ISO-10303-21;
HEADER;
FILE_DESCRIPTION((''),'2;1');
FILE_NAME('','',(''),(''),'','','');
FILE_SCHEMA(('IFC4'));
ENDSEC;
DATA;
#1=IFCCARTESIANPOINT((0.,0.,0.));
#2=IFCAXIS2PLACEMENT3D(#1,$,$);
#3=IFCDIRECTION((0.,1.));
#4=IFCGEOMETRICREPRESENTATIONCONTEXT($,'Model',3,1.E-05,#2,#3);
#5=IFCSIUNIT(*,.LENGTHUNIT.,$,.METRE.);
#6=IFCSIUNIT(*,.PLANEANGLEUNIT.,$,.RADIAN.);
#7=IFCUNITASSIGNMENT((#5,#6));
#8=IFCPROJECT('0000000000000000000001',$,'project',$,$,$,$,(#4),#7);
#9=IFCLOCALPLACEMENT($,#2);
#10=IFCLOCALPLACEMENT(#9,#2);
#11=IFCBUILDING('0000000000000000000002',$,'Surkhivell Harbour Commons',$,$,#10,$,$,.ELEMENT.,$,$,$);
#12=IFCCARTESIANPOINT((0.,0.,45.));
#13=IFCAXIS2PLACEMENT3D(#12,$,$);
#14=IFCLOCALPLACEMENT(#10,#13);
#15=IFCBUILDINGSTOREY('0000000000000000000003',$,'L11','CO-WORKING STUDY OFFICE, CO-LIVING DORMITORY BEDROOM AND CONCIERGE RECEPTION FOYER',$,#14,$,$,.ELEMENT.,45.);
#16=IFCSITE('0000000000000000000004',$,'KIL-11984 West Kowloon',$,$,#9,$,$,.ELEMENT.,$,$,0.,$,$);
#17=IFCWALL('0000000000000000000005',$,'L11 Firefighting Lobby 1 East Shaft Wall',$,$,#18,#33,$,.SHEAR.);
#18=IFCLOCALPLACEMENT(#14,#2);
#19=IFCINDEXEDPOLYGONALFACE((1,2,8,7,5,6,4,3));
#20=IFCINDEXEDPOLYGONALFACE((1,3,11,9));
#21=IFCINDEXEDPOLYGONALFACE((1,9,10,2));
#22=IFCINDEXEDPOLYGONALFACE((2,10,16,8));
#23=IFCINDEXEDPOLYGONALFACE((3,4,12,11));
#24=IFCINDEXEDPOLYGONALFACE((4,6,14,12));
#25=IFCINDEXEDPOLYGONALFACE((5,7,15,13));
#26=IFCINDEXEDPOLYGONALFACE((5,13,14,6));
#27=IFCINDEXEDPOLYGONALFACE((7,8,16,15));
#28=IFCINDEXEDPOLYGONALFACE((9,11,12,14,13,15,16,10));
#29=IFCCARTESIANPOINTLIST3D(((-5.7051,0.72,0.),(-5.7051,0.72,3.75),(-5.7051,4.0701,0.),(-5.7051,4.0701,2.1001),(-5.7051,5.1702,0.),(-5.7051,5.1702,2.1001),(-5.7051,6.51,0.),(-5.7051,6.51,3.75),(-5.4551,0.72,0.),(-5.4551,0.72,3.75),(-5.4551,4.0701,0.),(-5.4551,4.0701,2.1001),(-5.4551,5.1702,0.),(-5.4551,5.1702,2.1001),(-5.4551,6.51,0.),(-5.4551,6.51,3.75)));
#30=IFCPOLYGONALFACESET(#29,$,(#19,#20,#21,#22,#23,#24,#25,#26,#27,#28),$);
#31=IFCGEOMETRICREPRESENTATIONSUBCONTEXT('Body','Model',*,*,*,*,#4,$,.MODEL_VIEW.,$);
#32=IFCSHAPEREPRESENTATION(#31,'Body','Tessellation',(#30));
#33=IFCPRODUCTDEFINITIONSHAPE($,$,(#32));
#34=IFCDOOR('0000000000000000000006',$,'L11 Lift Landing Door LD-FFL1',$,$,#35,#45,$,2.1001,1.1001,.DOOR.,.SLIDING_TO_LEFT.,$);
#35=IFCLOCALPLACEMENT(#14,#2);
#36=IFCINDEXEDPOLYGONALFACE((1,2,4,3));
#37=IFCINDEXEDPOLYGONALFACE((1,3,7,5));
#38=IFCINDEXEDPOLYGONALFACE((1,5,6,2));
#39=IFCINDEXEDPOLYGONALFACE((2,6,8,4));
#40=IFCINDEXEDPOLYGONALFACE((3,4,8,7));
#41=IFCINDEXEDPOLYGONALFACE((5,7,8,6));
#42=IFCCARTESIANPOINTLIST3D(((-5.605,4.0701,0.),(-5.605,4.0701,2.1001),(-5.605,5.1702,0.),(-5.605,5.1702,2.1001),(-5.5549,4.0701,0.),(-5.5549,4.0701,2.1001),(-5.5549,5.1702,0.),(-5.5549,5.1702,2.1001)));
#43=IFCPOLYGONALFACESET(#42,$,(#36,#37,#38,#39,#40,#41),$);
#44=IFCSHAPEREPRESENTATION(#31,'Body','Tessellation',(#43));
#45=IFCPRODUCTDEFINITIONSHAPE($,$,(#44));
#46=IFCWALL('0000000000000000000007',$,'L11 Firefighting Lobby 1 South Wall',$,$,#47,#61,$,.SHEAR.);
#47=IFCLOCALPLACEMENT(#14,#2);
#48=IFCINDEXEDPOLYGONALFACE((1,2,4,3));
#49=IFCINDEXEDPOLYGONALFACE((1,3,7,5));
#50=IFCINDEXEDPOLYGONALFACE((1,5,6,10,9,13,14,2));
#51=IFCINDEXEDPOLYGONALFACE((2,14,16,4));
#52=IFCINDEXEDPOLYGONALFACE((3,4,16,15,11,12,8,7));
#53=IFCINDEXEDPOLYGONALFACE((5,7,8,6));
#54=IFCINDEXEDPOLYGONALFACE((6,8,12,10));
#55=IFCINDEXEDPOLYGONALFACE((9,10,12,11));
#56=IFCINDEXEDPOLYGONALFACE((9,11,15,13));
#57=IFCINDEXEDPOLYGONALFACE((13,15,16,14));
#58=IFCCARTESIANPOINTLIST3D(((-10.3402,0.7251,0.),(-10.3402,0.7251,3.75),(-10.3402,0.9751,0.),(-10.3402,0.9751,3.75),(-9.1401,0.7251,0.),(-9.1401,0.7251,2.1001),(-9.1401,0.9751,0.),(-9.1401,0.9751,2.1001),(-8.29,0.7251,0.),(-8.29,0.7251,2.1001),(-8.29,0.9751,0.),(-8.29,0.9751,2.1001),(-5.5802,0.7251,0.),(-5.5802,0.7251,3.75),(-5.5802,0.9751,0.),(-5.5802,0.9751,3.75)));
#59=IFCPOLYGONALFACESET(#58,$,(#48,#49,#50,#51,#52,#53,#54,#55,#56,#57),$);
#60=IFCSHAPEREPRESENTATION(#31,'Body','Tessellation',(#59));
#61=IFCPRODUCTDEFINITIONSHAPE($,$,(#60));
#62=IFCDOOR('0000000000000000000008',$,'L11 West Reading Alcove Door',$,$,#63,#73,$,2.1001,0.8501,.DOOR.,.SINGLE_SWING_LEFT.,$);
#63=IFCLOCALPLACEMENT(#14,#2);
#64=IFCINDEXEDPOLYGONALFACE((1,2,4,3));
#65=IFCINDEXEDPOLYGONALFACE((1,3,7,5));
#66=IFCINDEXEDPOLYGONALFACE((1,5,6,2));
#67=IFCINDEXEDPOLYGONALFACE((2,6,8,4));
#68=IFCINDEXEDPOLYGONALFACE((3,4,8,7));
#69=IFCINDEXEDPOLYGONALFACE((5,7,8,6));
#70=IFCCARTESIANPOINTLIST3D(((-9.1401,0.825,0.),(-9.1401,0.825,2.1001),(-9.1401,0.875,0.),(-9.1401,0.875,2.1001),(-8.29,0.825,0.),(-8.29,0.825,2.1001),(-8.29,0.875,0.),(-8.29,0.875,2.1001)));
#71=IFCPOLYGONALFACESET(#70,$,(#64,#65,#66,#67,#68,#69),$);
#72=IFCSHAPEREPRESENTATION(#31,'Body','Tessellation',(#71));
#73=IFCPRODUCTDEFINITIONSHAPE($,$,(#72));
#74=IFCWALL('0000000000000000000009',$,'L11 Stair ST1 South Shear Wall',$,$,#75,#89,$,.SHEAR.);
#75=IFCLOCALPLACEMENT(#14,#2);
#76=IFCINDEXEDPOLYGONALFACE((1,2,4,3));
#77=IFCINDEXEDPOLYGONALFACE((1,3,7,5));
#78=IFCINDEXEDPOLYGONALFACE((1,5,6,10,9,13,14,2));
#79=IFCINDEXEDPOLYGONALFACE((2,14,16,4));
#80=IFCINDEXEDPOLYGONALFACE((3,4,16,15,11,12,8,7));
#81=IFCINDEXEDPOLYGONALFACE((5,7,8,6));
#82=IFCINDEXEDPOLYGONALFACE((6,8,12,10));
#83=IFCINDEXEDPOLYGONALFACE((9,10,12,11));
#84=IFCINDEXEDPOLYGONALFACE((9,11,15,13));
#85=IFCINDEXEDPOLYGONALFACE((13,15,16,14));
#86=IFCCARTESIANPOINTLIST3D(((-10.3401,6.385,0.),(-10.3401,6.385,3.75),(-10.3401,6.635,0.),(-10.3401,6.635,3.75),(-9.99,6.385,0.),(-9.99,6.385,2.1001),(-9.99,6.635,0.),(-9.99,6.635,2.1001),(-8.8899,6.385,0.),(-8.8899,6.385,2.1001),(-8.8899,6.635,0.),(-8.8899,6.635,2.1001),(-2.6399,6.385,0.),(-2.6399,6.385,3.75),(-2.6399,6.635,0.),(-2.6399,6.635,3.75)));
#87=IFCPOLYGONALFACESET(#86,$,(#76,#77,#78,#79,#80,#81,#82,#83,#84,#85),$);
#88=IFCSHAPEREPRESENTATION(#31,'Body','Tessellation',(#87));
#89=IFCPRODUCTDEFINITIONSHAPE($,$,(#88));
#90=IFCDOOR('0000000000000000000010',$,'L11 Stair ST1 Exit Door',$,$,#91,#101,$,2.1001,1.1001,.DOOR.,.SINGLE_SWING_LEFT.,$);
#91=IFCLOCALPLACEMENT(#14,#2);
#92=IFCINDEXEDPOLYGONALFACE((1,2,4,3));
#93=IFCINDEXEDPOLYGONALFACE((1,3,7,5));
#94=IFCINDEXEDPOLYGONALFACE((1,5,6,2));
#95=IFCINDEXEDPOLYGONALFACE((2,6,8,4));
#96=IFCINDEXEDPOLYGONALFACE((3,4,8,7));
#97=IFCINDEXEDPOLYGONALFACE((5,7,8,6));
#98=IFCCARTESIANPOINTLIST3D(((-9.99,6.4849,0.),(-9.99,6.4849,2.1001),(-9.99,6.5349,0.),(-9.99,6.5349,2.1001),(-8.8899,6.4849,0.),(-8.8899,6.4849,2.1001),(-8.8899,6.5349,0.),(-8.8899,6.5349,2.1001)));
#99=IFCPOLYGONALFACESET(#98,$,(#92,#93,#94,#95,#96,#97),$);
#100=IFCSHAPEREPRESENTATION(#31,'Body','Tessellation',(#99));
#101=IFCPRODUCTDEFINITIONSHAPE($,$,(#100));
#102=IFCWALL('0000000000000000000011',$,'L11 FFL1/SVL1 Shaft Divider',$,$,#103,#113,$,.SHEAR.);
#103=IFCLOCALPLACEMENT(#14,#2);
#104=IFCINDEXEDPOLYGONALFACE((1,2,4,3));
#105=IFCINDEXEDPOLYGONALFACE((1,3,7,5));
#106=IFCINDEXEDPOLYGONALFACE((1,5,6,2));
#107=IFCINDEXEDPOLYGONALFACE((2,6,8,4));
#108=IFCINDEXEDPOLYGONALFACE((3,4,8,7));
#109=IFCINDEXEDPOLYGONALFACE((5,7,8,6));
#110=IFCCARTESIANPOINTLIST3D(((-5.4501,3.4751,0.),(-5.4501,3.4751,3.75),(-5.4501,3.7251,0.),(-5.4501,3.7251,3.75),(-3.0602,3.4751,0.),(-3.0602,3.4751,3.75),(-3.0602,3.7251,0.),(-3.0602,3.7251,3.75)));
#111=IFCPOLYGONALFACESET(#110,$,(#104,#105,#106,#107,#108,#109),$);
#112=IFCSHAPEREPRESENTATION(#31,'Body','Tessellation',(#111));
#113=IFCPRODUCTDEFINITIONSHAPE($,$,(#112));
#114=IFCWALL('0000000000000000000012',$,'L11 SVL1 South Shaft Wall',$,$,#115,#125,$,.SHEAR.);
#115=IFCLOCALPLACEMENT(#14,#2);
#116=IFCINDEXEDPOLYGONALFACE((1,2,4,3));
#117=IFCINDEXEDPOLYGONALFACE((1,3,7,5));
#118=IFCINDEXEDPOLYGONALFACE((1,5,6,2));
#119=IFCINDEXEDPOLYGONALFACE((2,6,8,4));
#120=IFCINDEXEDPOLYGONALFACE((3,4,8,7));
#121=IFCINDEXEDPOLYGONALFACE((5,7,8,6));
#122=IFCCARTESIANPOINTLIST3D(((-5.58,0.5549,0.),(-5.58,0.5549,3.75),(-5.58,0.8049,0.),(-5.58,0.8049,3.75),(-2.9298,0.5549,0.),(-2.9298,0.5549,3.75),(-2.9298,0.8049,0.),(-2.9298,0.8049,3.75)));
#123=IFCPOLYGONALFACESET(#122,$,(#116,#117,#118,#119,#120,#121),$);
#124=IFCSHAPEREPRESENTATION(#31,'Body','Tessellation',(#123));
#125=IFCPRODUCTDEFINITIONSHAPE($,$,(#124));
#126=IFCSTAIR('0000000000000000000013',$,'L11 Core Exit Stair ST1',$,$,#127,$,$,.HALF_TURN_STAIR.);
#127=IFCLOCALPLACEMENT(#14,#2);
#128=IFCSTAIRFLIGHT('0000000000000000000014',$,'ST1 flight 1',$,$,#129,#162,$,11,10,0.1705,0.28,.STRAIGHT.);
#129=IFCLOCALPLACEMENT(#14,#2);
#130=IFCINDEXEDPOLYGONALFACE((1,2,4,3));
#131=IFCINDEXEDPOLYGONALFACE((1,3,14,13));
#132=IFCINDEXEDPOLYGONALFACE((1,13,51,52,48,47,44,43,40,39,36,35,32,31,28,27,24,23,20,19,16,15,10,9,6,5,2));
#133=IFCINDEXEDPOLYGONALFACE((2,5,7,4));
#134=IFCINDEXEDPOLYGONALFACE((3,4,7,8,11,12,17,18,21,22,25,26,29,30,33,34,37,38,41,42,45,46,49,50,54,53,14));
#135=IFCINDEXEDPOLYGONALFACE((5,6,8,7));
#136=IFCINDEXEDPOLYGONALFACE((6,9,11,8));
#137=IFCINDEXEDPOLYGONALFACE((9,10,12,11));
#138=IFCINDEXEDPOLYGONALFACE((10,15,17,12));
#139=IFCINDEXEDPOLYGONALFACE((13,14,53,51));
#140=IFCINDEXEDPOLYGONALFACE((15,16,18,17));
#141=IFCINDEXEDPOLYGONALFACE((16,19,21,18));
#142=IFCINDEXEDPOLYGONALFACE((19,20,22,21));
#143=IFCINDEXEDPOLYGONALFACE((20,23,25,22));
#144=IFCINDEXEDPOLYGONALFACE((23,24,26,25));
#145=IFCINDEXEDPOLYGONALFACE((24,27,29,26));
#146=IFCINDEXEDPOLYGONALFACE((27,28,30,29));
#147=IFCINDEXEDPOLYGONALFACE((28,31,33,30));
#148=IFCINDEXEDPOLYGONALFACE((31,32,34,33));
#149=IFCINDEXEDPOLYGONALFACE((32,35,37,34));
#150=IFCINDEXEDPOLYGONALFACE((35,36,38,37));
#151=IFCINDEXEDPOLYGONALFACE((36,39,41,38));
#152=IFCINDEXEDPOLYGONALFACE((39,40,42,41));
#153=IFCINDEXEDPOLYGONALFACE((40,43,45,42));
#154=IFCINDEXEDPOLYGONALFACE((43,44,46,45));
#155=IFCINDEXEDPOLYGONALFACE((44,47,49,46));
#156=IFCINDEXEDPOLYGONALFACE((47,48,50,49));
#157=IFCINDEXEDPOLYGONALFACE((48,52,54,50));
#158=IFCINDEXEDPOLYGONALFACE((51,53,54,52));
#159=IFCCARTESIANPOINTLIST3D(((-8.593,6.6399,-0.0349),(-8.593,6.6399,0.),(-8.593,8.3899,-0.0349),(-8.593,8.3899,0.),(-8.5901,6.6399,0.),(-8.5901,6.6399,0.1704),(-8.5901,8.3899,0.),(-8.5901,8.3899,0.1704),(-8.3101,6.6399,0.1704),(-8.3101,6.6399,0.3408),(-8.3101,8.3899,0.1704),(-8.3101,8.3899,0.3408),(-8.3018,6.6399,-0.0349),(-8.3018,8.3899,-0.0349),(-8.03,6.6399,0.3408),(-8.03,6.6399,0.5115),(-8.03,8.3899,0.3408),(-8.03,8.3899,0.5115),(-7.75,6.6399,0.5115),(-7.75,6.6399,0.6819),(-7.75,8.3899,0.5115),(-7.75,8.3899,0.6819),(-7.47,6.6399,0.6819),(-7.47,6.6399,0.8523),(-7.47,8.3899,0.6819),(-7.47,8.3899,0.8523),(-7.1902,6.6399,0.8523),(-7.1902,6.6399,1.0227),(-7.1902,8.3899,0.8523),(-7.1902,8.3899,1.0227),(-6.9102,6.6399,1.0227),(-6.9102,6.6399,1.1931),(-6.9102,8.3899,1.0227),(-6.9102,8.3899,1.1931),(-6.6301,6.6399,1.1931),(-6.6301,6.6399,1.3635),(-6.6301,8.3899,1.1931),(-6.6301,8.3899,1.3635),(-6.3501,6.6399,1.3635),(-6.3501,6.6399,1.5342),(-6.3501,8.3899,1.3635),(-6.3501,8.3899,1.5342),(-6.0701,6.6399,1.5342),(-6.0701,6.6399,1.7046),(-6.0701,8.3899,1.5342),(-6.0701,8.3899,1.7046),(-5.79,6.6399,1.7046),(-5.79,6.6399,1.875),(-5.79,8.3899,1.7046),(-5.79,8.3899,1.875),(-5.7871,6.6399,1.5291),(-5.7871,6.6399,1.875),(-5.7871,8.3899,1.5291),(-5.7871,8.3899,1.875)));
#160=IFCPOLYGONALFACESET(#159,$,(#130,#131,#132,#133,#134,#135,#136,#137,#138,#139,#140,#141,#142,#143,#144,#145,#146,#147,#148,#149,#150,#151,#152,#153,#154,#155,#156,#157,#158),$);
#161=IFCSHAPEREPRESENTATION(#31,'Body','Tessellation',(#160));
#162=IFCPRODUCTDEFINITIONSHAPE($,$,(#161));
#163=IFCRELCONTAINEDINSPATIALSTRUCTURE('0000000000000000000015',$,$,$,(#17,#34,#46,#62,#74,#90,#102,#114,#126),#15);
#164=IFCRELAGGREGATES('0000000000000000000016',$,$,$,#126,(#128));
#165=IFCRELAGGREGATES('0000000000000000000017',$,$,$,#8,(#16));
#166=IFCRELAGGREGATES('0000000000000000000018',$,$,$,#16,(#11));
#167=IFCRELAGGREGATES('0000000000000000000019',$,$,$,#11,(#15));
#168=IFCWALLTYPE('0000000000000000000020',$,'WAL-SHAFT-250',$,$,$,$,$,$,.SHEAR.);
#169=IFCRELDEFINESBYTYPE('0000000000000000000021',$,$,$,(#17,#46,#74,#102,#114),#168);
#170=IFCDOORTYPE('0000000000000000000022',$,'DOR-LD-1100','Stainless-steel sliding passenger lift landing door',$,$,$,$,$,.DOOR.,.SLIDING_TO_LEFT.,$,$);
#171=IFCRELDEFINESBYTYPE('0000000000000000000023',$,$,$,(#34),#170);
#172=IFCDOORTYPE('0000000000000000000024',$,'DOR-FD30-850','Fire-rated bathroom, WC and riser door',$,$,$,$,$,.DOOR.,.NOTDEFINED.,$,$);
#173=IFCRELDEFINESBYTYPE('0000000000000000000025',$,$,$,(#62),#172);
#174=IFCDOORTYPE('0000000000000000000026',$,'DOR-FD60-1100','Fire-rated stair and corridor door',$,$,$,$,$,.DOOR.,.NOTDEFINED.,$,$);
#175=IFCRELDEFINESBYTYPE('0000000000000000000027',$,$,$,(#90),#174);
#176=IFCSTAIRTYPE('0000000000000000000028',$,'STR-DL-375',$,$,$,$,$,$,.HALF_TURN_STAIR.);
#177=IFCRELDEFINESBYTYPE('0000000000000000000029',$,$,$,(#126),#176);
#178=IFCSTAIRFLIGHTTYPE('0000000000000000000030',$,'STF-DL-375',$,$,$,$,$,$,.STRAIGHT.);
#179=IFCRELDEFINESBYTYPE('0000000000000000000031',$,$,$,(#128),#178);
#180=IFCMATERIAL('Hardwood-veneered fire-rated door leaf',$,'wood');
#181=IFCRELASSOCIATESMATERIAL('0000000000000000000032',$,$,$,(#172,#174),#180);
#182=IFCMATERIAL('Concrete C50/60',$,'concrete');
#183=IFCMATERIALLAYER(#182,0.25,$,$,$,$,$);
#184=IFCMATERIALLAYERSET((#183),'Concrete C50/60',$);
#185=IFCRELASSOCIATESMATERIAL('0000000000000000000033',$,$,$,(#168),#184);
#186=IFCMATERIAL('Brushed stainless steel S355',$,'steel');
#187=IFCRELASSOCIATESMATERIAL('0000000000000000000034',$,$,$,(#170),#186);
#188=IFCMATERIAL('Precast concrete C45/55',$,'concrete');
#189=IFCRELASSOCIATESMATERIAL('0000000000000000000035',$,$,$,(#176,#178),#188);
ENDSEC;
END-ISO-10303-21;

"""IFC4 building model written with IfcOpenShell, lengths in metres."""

from ifc_helpers import new_model, si_unit, direction, frame, frame_2d, origin, place, context, subcontext, project, spatial, polyline, rectangle, outline, extrude, material, layer, layer_set, type_object, element, fill, aggregate, save


model = new_model("IFC4")

# Units and contexts
model_context = context("Model", 3, precision=1e-05, world=origin(), true_north=direction((0.0, 1.0)))
body_context = subcontext(model_context, "Body", "Model", "MODEL_VIEW")
ifc_project = project(units=[si_unit("LENGTHUNIT", "METRE"), si_unit("PLANEANGLEUNIT", "RADIAN")], contexts=[model_context])

# Site, building, storey
site_placement = place(None, origin())
site = spatial("IfcSite", under=ifc_project, at=site_placement, Name="KIL-11984 West Kowloon", CompositionType="ELEMENT", RefElevation=0.0)
building_placement = place(site_placement, origin())
building = spatial("IfcBuilding", under=site, at=building_placement, Name="Surkhivell Harbour Commons", CompositionType="ELEMENT")
storey_placement = place(building_placement, frame((0.0, 0.0, 45.0)))
storey = spatial("IfcBuildingStorey", under=building, at=storey_placement, Name="L11", Description="CO-WORKING STUDY OFFICE, CO-LIVING DORMITORY BEDROOM AND CONCIERGE RECEPTION FOYER", CompositionType="ELEMENT", Elevation=45.0)

# Shared definitions
ifc_material_1 = material(Name="Hardwood-veneered fire-rated door leaf", Category="wood")

# Shared definitions
door_type_1 = type_object("IfcDoorType", Name="DOR-FD30-850", Description="Fire-rated bathroom, WC and riser door", OperationType="NOTDEFINED", PredefinedType="DOOR", material=ifc_material_1)

# Walls, openings, doors
ifc_material_2 = material(Name="Concrete C50/60", Category="concrete")
ifc_layer_1 = layer(ifc_material_2, 0.25)
ifc_layer_set_1 = layer_set([ifc_layer_1], Name="Concrete C50/60")
wall_type_1 = type_object("IfcWallType", Name="WAL-SHAFT-250", PredefinedType="SHEAR", material=ifc_layer_set_1)
wall_1_placement = place(storey_placement, frame((-5.5801, 0.72, 0.0), z_axis=(0.0, 0.0, 1.0), x_axis=(0.0, 1.0, 0.0)))
wall_1 = element("IfcWall", 1, at=wall_1_placement, inside=storey, type_object=wall_type_1, Name="L11 Firefighting Lobby 1 East Shaft Wall", PredefinedType="SHEAR", context=body_context, shape_type="SweptSolid", body=[
    extrude(rectangle(XDim=5.79, YDim=0.25, at=frame_2d((2.895, 0.0))), origin(), (0.0, 0.0, 1.0), 3.75),
])
opening_1_placement = place(wall_1_placement, frame((3.3501, 0.0, 0.0)))
opening_1 = element("IfcOpeningElement", 2, at=opening_1_placement, cuts=wall_1, PredefinedType="OPENING", context=body_context, shape_type="SweptSolid", body=[
    extrude(rectangle(XDim=1.1001, YDim=2.1001, at=frame_2d((0.55, 1.05))), frame((0.0, 0.135, 0.0), z_axis=(0.0, -1.0, 0.0), x_axis=(1.0, 0.0, 0.0)), (0.0, 0.0, 1.0), 0.27),
])
ifc_material_3 = material(Name="Brushed stainless steel S355", Category="steel")
door_type_2 = type_object("IfcDoorType", Name="DOR-LD-1100", Description="Stainless-steel sliding passenger lift landing door", OperationType="SLIDING_TO_LEFT", PredefinedType="DOOR", material=ifc_material_3)
door_1_placement = place(opening_1_placement, origin())
door_1 = element("IfcDoor", 3, at=door_1_placement, inside=storey, type_object=door_type_2, Name="L11 Lift Landing Door LD-FFL1", OperationType="SLIDING_TO_LEFT", OverallHeight=2.1001, OverallWidth=1.1001, PredefinedType="DOOR", context=body_context, shape_type="SweptSolid", body=[
    extrude(rectangle(XDim=1.1001, YDim=2.1001, at=frame_2d((0.55, 1.05))), frame((0.0, 0.0249, 0.0), z_axis=(0.0, -1.0, 0.0), x_axis=(1.0, 0.0, 0.0)), (0.0, 0.0, 1.0), 0.05),
])
fill(opening_1, door_1)
wall_2_placement = place(storey_placement, frame((-10.3401, 0.8501, 0.0), z_axis=(0.0, 0.0, 1.0), x_axis=(1.0, 0.0, 0.0)))
wall_2 = element("IfcWall", 4, at=wall_2_placement, inside=storey, type_object=wall_type_1, Name="L11 Firefighting Lobby 1 South Wall", PredefinedType="SHEAR", context=body_context, shape_type="SweptSolid", body=[
    extrude(rectangle(XDim=4.76, YDim=0.25, at=frame_2d((2.3799, 0.0))), origin(), (0.0, 0.0, 1.0), 3.75),
])
opening_2_placement = place(wall_2_placement, frame((1.2, 0.0, 0.0)))
opening_2 = element("IfcOpeningElement", 5, at=opening_2_placement, cuts=wall_2, PredefinedType="OPENING", context=body_context, shape_type="SweptSolid", body=[
    extrude(rectangle(XDim=0.8501, YDim=2.1001, at=frame_2d((0.425, 1.05))), frame((0.0, 0.135, 0.0), z_axis=(0.0, -1.0, 0.0), x_axis=(1.0, 0.0, 0.0)), (0.0, 0.0, 1.0), 0.27),
])
door_2_placement = place(opening_2_placement, origin())
door_2 = element("IfcDoor", 6, at=door_2_placement, inside=storey, type_object=door_type_1, Name="L11 West Reading Alcove Door", OperationType="SINGLE_SWING_LEFT", OverallHeight=2.1001, OverallWidth=0.8501, PredefinedType="DOOR", context=body_context, shape_type="SweptSolid", body=[
    extrude(rectangle(XDim=0.8501, YDim=2.1001, at=frame_2d((0.425, 1.05))), frame((0.0, 0.0249, 0.0), z_axis=(0.0, -1.0, 0.0), x_axis=(1.0, 0.0, 0.0)), (0.0, 0.0, 1.0), 0.05),
])
fill(opening_2, door_2)
wall_3_placement = place(storey_placement, frame((-10.3401, 6.51, 0.0), z_axis=(0.0, 0.0, 1.0), x_axis=(1.0, 0.0, 0.0)))
wall_3 = element("IfcWall", 7, at=wall_3_placement, inside=storey, type_object=wall_type_1, Name="L11 Stair ST1 South Shear Wall", PredefinedType="SHEAR", context=body_context, shape_type="SweptSolid", body=[
    extrude(rectangle(XDim=7.7002, YDim=0.25, at=frame_2d((3.8501, 0.0))), origin(), (0.0, 0.0, 1.0), 3.75),
])
opening_3_placement = place(wall_3_placement, frame((0.3501, 0.0, 0.0)))
opening_3 = element("IfcOpeningElement", 8, at=opening_3_placement, cuts=wall_3, PredefinedType="OPENING", context=body_context, shape_type="SweptSolid", body=[
    extrude(rectangle(XDim=1.1001, YDim=2.1001, at=frame_2d((0.55, 1.05))), frame((0.0, 0.135, 0.0), z_axis=(0.0, -1.0, 0.0), x_axis=(1.0, 0.0, 0.0)), (0.0, 0.0, 1.0), 0.27),
])
door_type_3 = type_object("IfcDoorType", Name="DOR-FD60-1100", Description="Fire-rated stair and corridor door", OperationType="NOTDEFINED", PredefinedType="DOOR", material=ifc_material_1)
door_3_placement = place(opening_3_placement, origin())
door_3 = element("IfcDoor", 9, at=door_3_placement, inside=storey, type_object=door_type_3, Name="L11 Stair ST1 Exit Door", OperationType="SINGLE_SWING_LEFT", OverallHeight=2.1001, OverallWidth=1.1001, PredefinedType="DOOR", context=body_context, shape_type="SweptSolid", body=[
    extrude(rectangle(XDim=1.1001, YDim=2.1001, at=frame_2d((0.55, 1.05))), frame((0.0, 0.0249, 0.0), z_axis=(0.0, -1.0, 0.0), x_axis=(1.0, 0.0, 0.0)), (0.0, 0.0, 1.0), 0.05),
])
fill(opening_3, door_3)

# Walls
wall_4_placement = place(storey_placement, frame((-5.45, 3.6001, 0.0), z_axis=(0.0, 0.0, 1.0), x_axis=(1.0, 0.0, 0.0)))
element("IfcWall", 10, at=wall_4_placement, inside=storey, type_object=wall_type_1, Name="L11 FFL1/SVL1 Shaft Divider", PredefinedType="SHEAR", context=body_context, shape_type="SweptSolid", body=[
    extrude(rectangle(XDim=2.3899, YDim=0.25, at=frame_2d((1.1948, 0.0))), origin(), (0.0, 0.0, 1.0), 3.75),
])
wall_5_placement = place(storey_placement, frame((-5.5801, 0.6799, 0.0), z_axis=(0.0, 0.0, 1.0), x_axis=(1.0, 0.0, 0.0)))
element("IfcWall", 11, at=wall_5_placement, inside=storey, type_object=wall_type_1, Name="L11 SVL1 South Shaft Wall", PredefinedType="SHEAR", context=body_context, shape_type="SweptSolid", body=[
    extrude(rectangle(XDim=2.6501, YDim=0.25, at=frame_2d((1.3252, 0.0))), origin(), (0.0, 0.0, 1.0), 3.75),
])

# Stair, stair flight
ifc_material_4 = material(Name="Precast concrete C45/55", Category="concrete")
stair_type = type_object("IfcStairType", Name="STR-DL-375", PredefinedType="HALF_TURN_STAIR", material=ifc_material_4)
stair_placement = place(storey_placement, origin())
stair = element("IfcStair", 12, at=stair_placement, inside=storey, type_object=stair_type, Name="L11 Core Exit Stair ST1", PredefinedType="HALF_TURN_STAIR")
stair_flight_type = type_object("IfcStairFlightType", Name="STF-DL-375", PredefinedType="STRAIGHT", material=ifc_material_4)
stair_flight_1_placement = place(storey_placement, frame((-8.5901, 7.5149, 0.0), z_axis=(0.0, 0.0, 1.0), x_axis=(1.0, 0.0, 0.0)))
stair_flight_1 = element("IfcStairFlight", 13, at=stair_flight_1_placement, type_object=stair_flight_type, Name="ST1 flight 1", NumberOfRisers=11, NumberOfTreads=10, PredefinedType="STRAIGHT", RiserHeight=0.1705, TreadLength=0.28, context=body_context, shape_type="SweptSolid", body=[
    extrude(outline(polyline([(-0.0029, -0.0349), (-0.0029, 0.0), (0.0, 0.0), (0.0, 0.1704), (0.28, 0.1704), (0.28, 0.3408), (0.5601, 0.3408), (0.5601, 0.5115), (0.8401, 0.5115), (0.8401, 0.6819), (1.1201, 0.6819), (1.1201, 0.8523), (1.3999, 0.8523), (1.3999, 1.0227), (1.6799, 1.0227), (1.6799, 1.1931), (1.96, 1.1931), (1.96, 1.3635), (2.24, 1.3635), (2.24, 1.5342), (2.52, 1.5342), (2.52, 1.7046), (2.8, 1.7046), (2.8, 1.875), (2.803, 1.875), (2.803, 1.5291), (0.2883, -0.0349), (-0.0029, -0.0349)])), frame((0.0, 0.875, 0.0), z_axis=(0.0, -1.0, 0.0), x_axis=(1.0, 0.0, 0.0)), (0.0, 0.0, 1.0), 1.75),
])
aggregate(stair, [stair_flight_1])

save(model, "model.ifc")
